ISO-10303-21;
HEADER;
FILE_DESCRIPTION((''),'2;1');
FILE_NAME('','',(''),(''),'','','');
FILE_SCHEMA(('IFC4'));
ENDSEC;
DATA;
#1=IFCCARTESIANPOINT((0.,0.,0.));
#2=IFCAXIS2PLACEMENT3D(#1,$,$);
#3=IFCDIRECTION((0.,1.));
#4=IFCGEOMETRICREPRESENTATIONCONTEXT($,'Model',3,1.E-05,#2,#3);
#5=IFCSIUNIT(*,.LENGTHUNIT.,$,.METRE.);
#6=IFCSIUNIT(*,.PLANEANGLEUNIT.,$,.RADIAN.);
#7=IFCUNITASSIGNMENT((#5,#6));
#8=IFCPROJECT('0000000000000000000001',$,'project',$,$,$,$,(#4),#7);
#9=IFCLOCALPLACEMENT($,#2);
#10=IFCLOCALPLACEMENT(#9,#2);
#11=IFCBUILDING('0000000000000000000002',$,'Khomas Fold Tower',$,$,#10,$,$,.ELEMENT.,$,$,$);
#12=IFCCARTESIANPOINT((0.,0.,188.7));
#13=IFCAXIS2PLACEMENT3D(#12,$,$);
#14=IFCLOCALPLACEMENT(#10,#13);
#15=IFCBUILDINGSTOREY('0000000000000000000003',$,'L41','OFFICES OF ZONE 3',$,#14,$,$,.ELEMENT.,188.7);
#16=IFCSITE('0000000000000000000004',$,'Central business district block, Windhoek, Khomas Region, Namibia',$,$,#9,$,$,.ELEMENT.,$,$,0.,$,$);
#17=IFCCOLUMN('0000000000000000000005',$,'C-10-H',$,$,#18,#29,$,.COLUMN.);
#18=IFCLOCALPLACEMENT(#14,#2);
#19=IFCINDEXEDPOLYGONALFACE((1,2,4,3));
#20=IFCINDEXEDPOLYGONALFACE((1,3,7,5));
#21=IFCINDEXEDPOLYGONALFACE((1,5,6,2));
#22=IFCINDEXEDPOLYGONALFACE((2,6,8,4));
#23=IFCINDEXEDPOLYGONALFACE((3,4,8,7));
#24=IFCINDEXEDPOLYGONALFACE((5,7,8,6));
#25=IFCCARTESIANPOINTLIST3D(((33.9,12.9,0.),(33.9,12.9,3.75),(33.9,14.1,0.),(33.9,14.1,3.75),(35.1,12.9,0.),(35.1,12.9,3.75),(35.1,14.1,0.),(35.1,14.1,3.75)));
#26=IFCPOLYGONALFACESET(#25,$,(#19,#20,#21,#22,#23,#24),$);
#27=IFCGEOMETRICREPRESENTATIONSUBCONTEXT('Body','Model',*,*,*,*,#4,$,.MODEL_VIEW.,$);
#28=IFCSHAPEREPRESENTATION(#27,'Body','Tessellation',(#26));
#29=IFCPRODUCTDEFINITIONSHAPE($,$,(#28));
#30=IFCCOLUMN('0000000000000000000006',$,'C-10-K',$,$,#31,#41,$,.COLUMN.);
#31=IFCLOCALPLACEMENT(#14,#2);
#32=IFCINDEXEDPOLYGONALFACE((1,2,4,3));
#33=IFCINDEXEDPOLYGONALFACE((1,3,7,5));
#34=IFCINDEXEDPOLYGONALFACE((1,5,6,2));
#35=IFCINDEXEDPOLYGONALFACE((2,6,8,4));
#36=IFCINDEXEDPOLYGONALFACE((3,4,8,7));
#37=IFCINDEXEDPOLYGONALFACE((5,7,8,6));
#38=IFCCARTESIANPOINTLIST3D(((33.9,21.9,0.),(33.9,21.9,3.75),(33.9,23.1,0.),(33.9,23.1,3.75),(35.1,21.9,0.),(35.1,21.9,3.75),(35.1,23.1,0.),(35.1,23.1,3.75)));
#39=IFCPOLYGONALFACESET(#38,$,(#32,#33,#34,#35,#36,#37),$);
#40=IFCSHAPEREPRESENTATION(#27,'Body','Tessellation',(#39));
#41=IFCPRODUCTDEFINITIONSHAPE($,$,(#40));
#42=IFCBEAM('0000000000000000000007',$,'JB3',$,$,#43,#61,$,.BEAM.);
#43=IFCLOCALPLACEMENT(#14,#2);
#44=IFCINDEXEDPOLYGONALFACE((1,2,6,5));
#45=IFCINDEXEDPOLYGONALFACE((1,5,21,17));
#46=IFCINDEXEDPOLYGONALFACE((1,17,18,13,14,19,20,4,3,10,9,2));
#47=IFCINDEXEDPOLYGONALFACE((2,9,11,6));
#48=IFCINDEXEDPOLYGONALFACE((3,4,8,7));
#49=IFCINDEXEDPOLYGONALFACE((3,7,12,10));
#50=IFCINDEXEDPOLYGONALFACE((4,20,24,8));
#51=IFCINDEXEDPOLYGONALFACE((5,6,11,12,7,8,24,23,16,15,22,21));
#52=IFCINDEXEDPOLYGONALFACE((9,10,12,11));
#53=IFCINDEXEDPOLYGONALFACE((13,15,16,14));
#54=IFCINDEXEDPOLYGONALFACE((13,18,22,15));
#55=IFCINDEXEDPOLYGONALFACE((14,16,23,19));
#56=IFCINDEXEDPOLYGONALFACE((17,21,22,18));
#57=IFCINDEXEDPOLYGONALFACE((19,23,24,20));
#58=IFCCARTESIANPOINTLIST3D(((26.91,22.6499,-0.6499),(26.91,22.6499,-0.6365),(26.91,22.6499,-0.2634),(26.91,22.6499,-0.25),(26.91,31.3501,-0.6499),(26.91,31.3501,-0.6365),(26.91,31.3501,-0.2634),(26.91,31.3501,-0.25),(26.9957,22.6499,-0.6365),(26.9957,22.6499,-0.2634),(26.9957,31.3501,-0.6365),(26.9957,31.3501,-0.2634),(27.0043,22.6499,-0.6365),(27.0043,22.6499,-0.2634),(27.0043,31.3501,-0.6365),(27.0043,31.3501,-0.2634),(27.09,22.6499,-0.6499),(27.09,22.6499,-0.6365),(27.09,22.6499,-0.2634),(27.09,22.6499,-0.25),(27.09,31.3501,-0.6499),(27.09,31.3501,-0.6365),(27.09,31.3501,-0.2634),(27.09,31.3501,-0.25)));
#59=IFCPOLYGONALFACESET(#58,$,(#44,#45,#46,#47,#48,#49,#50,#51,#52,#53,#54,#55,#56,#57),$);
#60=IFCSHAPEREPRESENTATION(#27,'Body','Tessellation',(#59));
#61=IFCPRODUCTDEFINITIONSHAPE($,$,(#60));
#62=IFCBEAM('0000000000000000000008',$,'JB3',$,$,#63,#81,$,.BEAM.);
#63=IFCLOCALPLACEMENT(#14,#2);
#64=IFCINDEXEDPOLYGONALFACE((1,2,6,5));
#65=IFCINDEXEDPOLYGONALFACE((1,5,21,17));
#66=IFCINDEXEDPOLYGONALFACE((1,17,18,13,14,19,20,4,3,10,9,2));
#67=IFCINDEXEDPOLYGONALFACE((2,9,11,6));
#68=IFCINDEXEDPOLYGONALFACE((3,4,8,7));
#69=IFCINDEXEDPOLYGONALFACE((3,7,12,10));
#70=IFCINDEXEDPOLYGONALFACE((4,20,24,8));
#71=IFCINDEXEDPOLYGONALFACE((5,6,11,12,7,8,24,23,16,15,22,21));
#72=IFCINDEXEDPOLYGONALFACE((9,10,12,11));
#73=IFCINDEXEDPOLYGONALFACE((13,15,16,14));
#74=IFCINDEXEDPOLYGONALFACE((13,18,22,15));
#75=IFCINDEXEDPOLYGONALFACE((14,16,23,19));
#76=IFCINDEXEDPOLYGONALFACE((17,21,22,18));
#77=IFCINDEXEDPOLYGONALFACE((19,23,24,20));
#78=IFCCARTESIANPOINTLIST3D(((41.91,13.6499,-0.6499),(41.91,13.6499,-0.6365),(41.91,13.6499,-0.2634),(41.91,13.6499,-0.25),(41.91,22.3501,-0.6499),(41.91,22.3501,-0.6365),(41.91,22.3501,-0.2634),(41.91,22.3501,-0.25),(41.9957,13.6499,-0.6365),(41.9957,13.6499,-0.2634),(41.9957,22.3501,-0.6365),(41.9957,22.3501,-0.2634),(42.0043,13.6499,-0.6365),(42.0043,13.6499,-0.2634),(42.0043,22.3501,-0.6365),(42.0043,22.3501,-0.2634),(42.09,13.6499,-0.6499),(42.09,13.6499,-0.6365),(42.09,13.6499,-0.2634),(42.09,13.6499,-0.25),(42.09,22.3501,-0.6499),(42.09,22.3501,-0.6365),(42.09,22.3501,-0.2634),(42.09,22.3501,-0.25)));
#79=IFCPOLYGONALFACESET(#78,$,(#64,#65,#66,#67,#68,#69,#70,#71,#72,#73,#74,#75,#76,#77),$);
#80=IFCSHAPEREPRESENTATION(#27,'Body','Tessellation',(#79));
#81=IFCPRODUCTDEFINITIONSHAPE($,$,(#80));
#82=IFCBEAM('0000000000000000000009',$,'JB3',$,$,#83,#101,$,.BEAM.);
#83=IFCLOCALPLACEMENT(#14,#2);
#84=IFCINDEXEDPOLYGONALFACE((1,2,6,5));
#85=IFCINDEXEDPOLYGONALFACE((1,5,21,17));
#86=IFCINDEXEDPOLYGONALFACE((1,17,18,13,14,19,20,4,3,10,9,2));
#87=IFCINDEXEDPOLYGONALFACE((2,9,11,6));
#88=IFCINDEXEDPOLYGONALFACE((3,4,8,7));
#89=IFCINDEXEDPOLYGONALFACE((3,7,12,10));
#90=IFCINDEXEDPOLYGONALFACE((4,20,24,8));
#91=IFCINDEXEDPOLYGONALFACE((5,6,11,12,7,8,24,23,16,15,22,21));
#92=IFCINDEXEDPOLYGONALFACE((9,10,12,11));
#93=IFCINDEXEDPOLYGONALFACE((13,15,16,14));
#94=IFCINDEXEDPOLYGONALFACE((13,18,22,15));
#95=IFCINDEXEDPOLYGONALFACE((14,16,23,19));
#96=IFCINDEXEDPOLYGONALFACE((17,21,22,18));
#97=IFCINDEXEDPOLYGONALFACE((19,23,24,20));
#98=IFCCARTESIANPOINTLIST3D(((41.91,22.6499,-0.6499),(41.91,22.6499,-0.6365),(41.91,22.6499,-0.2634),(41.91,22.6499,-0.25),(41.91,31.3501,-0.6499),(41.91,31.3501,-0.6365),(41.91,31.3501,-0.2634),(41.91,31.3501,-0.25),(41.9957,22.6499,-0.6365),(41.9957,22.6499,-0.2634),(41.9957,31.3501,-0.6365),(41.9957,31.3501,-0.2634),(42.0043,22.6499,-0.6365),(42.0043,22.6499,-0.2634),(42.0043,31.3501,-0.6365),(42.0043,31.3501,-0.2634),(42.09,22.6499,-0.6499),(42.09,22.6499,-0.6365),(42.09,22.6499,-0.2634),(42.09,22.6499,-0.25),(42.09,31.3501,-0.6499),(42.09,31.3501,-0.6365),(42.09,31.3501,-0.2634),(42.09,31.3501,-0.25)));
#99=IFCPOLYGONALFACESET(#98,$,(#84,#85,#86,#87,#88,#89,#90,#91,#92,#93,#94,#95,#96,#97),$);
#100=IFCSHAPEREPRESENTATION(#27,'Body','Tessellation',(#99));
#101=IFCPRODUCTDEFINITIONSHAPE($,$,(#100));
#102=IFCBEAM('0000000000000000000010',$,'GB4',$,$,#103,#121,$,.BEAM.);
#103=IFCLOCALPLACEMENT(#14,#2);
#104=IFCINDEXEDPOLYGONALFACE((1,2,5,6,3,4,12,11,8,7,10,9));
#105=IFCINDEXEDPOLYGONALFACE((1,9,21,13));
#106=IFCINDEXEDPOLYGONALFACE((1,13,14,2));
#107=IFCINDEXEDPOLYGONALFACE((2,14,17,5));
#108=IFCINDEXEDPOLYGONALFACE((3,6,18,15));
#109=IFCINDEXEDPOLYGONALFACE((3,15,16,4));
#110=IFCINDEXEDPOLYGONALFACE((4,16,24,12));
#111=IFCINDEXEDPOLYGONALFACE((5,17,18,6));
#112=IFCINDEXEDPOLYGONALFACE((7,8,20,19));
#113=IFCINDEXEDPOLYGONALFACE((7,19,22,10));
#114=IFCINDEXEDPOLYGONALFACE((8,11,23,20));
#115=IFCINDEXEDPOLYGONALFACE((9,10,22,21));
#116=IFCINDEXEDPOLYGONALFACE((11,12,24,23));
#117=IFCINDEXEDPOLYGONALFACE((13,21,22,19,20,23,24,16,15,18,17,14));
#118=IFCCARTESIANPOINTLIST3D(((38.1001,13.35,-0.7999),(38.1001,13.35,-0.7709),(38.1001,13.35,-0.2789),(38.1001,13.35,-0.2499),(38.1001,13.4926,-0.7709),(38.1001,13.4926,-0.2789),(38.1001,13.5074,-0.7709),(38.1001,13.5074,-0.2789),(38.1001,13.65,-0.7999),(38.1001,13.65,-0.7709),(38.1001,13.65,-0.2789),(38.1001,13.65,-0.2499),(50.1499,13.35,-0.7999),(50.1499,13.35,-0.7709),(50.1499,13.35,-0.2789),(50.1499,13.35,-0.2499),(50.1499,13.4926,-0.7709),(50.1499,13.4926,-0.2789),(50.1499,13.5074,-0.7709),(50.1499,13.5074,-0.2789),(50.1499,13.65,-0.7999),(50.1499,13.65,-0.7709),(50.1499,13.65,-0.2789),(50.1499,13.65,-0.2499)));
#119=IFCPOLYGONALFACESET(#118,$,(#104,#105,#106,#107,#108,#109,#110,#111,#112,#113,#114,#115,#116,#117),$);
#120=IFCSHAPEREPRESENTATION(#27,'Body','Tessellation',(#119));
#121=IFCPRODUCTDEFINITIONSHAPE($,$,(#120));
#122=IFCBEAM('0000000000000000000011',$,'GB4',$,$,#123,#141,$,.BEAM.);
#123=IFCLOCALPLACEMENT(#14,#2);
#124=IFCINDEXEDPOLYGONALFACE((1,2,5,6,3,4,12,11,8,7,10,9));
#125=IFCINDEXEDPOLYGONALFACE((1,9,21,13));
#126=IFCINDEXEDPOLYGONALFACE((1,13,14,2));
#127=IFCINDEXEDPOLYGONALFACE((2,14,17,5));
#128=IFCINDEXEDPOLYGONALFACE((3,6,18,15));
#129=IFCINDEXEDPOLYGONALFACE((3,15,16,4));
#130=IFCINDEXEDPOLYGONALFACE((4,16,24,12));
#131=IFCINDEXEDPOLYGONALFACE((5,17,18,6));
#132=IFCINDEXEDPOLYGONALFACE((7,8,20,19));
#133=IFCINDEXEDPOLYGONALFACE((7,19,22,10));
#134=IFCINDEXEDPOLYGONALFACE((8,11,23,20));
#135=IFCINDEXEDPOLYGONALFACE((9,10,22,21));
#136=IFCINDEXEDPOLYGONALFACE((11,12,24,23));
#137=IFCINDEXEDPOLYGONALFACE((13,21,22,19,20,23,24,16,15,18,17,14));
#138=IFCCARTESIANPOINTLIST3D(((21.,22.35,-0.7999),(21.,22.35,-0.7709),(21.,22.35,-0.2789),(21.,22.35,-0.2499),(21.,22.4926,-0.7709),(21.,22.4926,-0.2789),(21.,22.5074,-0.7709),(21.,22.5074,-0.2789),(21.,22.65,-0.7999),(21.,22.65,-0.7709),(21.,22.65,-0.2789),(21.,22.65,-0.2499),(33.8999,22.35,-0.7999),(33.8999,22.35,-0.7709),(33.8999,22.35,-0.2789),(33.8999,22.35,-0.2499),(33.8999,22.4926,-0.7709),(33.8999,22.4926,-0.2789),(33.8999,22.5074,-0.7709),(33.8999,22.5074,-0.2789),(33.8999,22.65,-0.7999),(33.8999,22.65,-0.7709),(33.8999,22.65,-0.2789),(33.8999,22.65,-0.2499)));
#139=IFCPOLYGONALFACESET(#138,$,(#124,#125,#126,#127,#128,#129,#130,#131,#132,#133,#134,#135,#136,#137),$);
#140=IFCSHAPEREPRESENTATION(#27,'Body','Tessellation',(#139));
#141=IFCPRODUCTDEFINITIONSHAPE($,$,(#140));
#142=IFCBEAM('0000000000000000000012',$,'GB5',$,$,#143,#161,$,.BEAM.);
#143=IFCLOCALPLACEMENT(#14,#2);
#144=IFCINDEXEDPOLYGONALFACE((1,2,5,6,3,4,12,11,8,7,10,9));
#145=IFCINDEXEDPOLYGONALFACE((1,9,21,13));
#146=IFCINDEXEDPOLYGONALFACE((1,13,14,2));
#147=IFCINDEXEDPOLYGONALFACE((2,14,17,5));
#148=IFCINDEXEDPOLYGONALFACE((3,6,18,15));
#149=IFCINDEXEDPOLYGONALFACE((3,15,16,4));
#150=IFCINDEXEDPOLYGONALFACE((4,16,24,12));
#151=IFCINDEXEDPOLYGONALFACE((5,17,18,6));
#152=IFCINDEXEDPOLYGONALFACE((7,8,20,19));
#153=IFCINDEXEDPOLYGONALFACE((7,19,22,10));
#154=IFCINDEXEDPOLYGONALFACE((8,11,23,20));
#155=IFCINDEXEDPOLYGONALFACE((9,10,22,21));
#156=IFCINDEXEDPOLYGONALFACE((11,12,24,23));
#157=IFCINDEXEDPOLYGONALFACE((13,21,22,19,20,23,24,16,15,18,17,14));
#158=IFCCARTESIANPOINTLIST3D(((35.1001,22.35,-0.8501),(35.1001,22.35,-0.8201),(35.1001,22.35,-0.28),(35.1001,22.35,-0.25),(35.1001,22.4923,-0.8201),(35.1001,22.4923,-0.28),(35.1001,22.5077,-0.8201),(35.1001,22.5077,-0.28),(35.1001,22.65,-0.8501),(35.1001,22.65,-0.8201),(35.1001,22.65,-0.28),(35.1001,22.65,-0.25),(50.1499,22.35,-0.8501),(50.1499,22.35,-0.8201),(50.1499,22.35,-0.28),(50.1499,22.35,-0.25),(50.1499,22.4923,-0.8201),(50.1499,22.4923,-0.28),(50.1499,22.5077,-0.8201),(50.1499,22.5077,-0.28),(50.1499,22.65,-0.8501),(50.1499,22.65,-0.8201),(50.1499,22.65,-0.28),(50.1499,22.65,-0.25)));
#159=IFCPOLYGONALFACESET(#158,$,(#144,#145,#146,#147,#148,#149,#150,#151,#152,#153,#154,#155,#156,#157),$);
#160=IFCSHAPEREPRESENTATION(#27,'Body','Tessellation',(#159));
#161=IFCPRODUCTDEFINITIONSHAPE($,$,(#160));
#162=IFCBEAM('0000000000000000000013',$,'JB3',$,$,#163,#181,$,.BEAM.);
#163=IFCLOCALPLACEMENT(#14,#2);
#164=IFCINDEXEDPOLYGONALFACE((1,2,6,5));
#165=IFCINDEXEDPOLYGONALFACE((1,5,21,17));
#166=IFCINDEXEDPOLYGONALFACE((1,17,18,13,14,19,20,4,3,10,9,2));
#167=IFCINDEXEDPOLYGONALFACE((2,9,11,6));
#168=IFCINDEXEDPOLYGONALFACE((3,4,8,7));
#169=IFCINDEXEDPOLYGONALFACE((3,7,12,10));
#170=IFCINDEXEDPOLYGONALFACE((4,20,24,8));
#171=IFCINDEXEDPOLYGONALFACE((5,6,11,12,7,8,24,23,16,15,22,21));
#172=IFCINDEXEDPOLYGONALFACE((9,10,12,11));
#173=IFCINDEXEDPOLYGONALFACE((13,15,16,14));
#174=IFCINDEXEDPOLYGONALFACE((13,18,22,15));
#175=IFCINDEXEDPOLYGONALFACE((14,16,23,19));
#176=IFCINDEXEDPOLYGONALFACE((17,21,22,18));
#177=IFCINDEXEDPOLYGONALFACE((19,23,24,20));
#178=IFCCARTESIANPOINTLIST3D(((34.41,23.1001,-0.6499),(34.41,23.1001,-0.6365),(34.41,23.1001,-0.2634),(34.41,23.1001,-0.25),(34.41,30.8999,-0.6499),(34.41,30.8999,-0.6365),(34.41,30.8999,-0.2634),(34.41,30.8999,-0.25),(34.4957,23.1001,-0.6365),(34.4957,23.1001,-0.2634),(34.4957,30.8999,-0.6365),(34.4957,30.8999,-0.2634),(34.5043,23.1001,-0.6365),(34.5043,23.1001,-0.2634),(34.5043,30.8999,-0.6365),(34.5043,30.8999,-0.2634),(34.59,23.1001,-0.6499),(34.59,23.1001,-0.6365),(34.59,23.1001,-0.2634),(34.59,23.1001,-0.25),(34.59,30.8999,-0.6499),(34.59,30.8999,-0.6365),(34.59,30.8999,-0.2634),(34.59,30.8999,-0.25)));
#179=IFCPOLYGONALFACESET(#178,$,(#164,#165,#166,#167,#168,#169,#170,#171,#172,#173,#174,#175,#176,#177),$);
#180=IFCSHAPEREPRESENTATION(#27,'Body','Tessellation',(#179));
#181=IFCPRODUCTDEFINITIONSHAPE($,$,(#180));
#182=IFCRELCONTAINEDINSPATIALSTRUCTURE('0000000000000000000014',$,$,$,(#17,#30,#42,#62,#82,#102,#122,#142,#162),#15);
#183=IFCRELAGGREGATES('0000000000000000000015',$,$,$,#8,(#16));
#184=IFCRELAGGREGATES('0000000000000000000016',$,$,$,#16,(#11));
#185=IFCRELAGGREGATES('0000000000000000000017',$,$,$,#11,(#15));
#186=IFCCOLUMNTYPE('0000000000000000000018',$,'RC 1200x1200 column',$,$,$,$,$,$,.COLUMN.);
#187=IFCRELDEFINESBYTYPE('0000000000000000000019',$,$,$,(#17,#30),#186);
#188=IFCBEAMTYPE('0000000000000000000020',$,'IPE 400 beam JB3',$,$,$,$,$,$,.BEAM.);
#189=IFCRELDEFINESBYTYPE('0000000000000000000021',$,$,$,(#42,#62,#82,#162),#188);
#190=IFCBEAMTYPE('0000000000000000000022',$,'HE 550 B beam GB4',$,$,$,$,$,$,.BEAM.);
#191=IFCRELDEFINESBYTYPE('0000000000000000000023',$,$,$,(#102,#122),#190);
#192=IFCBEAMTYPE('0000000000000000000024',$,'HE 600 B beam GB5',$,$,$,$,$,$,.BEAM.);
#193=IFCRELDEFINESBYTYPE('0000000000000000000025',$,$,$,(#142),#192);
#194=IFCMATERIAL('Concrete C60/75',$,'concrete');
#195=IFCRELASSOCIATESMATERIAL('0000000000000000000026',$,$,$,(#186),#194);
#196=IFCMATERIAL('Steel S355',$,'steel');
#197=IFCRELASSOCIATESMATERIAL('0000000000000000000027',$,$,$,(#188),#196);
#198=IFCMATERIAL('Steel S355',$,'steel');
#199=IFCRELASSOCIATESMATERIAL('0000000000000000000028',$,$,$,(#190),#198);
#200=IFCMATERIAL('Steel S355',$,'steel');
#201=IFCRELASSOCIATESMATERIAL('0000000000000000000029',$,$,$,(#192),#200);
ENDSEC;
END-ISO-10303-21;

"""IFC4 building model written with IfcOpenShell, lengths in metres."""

from ifc_helpers import new_model, si_unit, direction, frame, origin, origin_2d, place, context, subcontext, project, spatial, rectangle, i_section, extrude, source, transform, mapped, material, material_profile, profile_set, type_object, element, save


model = new_model("IFC4")

# Units and contexts
model_context = context("Model", 3, precision=1e-05, world=origin(), true_north=direction((0.0, 1.0)))
body_context = subcontext(model_context, "Body", "Model", "MODEL_VIEW")
ifc_project = project(units=[si_unit("LENGTHUNIT", "METRE"), si_unit("PLANEANGLEUNIT", "RADIAN")], contexts=[model_context])

# Site, building, storey
site_placement = place(None, origin())
site = spatial("IfcSite", under=ifc_project, at=site_placement, Name="Central business district block, Windhoek, Khomas Region, Namibia", CompositionType="ELEMENT", RefElevation=0.0)
building_placement = place(site_placement, origin())
building = spatial("IfcBuilding", under=site, at=building_placement, Name="Khomas Fold Tower", CompositionType="ELEMENT")
storey_placement = place(building_placement, frame((0.0, 0.0, 188.7)))
storey = spatial("IfcBuildingStorey", under=building, at=storey_placement, Name="L41", Description="OFFICES OF ZONE 3", CompositionType="ELEMENT", Elevation=188.7)

# Columns
ifc_material_1 = material(Name="Concrete C60/75", Category="concrete")
ifc_material_profile_1 = material_profile(ifc_material_1, rectangle(XDim=1.2, YDim=1.2, at=origin_2d()), Name="RC 1200x1200")
ifc_profile_set_1 = profile_set([ifc_material_profile_1], Name="Concrete C60/75")
column_type = type_object("IfcColumnType", Name="RC 1200x1200 column", PredefinedType="COLUMN", material=ifc_profile_set_1)
shared_shape_1 = source(origin(), body_context, "Body", "SweptSolid", [
    extrude(rectangle(XDim=1.2, YDim=1.2, at=origin_2d()), origin(), (0.0, 0.0, 1.0), 3.75),
])
for number, where, z_axis, x_axis, name in (
    (1, (34.5, 13.5, 0.0), (0.0, 0.0, 1.0), (1.0, 0.0, 0.0), "C-10-H"),
    (2, (34.5, 22.5, 0.0), (0.0, 0.0, 1.0), (1.0, 0.0, 0.0), "C-10-K"),
):
    element("IfcColumn", number, at=place(storey_placement, frame(where, z_axis=z_axis, x_axis=x_axis)), inside=storey, type_object=column_type, Name=name, PredefinedType="COLUMN", context=body_context, shape_type="MappedRepresentation", body=[
        mapped(shared_shape_1, transform((0.0, 0.0, 0.0))),
    ])

# Beams
ifc_material_2 = material(Name="Steel S355", Category="steel")
ifc_material_profile_2 = material_profile(ifc_material_2, i_section(OverallWidth=0.1799, OverallDepth=0.3999, WebThickness=0.0085, FlangeThickness=0.0134, at=origin_2d()), Name="IPE 400")
ifc_profile_set_2 = profile_set([ifc_material_profile_2], Name="Steel S355")
beam_type_1 = type_object("IfcBeamType", Name="IPE 400 beam JB3", PredefinedType="BEAM", material=ifc_profile_set_2)
shared_shape_2 = source(origin(), body_context, "Body", "SweptSolid", [
    extrude(i_section(OverallWidth=0.1799, OverallDepth=0.3999, WebThickness=0.0085, FlangeThickness=0.0134, at=origin_2d()), origin(), (0.0, 0.0, 1.0), 8.7002),
])
for number, where, z_axis, x_axis, name in (
    (3, (27.0, 22.6499, -0.45), (0.0, 1.0, 0.0), (-1.0, 0.0, 0.0), "JB3"),
    (4, (42.0, 13.6499, -0.45), (0.0, 1.0, 0.0), (-1.0, 0.0, 0.0), "JB3"),
    (5, (42.0, 22.6499, -0.45), (0.0, 1.0, 0.0), (-1.0, 0.0, 0.0), "JB3"),
):
    element("IfcBeam", number, at=place(storey_placement, frame(where, z_axis=z_axis, x_axis=x_axis)), inside=storey, type_object=beam_type_1, Name=name, PredefinedType="BEAM", context=body_context, shape_type="MappedRepresentation", body=[
        mapped(shared_shape_2, transform((0.0, 0.0, 0.0))),
    ])
ifc_material_3 = material(Name="Steel S355", Category="steel")
ifc_material_profile_3 = material_profile(ifc_material_3, i_section(OverallWidth=0.3, OverallDepth=0.55, WebThickness=0.0149, FlangeThickness=0.0291, at=origin_2d()), Name="HE 550 B")
ifc_profile_set_3 = profile_set([ifc_material_profile_3], Name="Steel S355")
beam_type_2 = type_object("IfcBeamType", Name="HE 550 B beam GB4", PredefinedType="BEAM", material=ifc_profile_set_3)
shared_shape_3 = source(origin(), body_context, "Body", "SweptSolid", [
    extrude(i_section(OverallWidth=0.3, OverallDepth=0.55, WebThickness=0.0149, FlangeThickness=0.0291, at=origin_2d()), origin(), (0.0, 0.0, 1.0), 12.0498),
])
beam_1_placement = place(storey_placement, frame((38.1001, 13.5, -0.5249), z_axis=(1.0, 0.0, 0.0), x_axis=(0.0, 1.0, 0.0)))
element("IfcBeam", 6, at=beam_1_placement, inside=storey, type_object=beam_type_2, Name="GB4", PredefinedType="BEAM", context=body_context, shape_type="MappedRepresentation", body=[
    mapped(shared_shape_3, transform((0.0, 0.0, 0.0))),
])
shared_shape_4 = source(origin(), body_context, "Body", "SweptSolid", [
    extrude(i_section(OverallWidth=0.3, OverallDepth=0.55, WebThickness=0.0149, FlangeThickness=0.0291, at=origin_2d()), origin(), (0.0, 0.0, 1.0), 12.8999),
])
beam_2_placement = place(storey_placement, frame((21.0, 22.5, -0.5249), z_axis=(1.0, 0.0, 0.0), x_axis=(0.0, 1.0, 0.0)))
element("IfcBeam", 7, at=beam_2_placement, inside=storey, type_object=beam_type_2, Name="GB4", PredefinedType="BEAM", context=body_context, shape_type="MappedRepresentation", body=[
    mapped(shared_shape_4, transform((0.0, 0.0, 0.0))),
])
ifc_material_4 = material(Name="Steel S355", Category="steel")
ifc_material_profile_4 = material_profile(ifc_material_4, i_section(OverallWidth=0.3, OverallDepth=0.6001, WebThickness=0.0154, FlangeThickness=0.03, at=origin_2d()), Name="HE 600 B")
ifc_profile_set_4 = profile_set([ifc_material_profile_4], Name="Steel S355")
beam_type_3 = type_object("IfcBeamType", Name="HE 600 B beam GB5", PredefinedType="BEAM", material=ifc_profile_set_4)
shared_shape_5 = source(origin(), body_context, "Body", "SweptSolid", [
    extrude(i_section(OverallWidth=0.3, OverallDepth=0.6001, WebThickness=0.0154, FlangeThickness=0.03, at=origin_2d()), origin(), (0.0, 0.0, 1.0), 15.0498),
])
beam_3_placement = place(storey_placement, frame((35.1001, 22.5, -0.55), z_axis=(1.0, 0.0, 0.0), x_axis=(0.0, 1.0, 0.0)))
element("IfcBeam", 8, at=beam_3_placement, inside=storey, type_object=beam_type_3, Name="GB5", PredefinedType="BEAM", context=body_context, shape_type="MappedRepresentation", body=[
    mapped(shared_shape_5, transform((0.0, 0.0, 0.0))),
])
shared_shape_6 = source(origin(), body_context, "Body", "SweptSolid", [
    extrude(i_section(OverallWidth=0.1799, OverallDepth=0.3999, WebThickness=0.0085, FlangeThickness=0.0134, at=origin_2d()), origin(), (0.0, 0.0, 1.0), 7.7998),
])
beam_4_placement = place(storey_placement, frame((34.5, 23.1001, -0.45), z_axis=(0.0, 1.0, 0.0), x_axis=(-1.0, 0.0, 0.0)))
element("IfcBeam", 9, at=beam_4_placement, inside=storey, type_object=beam_type_1, Name="JB3", PredefinedType="BEAM", context=body_context, shape_type="MappedRepresentation", body=[
    mapped(shared_shape_6, transform((0.0, 0.0, 0.0))),
])

save(model, "model.ifc")
